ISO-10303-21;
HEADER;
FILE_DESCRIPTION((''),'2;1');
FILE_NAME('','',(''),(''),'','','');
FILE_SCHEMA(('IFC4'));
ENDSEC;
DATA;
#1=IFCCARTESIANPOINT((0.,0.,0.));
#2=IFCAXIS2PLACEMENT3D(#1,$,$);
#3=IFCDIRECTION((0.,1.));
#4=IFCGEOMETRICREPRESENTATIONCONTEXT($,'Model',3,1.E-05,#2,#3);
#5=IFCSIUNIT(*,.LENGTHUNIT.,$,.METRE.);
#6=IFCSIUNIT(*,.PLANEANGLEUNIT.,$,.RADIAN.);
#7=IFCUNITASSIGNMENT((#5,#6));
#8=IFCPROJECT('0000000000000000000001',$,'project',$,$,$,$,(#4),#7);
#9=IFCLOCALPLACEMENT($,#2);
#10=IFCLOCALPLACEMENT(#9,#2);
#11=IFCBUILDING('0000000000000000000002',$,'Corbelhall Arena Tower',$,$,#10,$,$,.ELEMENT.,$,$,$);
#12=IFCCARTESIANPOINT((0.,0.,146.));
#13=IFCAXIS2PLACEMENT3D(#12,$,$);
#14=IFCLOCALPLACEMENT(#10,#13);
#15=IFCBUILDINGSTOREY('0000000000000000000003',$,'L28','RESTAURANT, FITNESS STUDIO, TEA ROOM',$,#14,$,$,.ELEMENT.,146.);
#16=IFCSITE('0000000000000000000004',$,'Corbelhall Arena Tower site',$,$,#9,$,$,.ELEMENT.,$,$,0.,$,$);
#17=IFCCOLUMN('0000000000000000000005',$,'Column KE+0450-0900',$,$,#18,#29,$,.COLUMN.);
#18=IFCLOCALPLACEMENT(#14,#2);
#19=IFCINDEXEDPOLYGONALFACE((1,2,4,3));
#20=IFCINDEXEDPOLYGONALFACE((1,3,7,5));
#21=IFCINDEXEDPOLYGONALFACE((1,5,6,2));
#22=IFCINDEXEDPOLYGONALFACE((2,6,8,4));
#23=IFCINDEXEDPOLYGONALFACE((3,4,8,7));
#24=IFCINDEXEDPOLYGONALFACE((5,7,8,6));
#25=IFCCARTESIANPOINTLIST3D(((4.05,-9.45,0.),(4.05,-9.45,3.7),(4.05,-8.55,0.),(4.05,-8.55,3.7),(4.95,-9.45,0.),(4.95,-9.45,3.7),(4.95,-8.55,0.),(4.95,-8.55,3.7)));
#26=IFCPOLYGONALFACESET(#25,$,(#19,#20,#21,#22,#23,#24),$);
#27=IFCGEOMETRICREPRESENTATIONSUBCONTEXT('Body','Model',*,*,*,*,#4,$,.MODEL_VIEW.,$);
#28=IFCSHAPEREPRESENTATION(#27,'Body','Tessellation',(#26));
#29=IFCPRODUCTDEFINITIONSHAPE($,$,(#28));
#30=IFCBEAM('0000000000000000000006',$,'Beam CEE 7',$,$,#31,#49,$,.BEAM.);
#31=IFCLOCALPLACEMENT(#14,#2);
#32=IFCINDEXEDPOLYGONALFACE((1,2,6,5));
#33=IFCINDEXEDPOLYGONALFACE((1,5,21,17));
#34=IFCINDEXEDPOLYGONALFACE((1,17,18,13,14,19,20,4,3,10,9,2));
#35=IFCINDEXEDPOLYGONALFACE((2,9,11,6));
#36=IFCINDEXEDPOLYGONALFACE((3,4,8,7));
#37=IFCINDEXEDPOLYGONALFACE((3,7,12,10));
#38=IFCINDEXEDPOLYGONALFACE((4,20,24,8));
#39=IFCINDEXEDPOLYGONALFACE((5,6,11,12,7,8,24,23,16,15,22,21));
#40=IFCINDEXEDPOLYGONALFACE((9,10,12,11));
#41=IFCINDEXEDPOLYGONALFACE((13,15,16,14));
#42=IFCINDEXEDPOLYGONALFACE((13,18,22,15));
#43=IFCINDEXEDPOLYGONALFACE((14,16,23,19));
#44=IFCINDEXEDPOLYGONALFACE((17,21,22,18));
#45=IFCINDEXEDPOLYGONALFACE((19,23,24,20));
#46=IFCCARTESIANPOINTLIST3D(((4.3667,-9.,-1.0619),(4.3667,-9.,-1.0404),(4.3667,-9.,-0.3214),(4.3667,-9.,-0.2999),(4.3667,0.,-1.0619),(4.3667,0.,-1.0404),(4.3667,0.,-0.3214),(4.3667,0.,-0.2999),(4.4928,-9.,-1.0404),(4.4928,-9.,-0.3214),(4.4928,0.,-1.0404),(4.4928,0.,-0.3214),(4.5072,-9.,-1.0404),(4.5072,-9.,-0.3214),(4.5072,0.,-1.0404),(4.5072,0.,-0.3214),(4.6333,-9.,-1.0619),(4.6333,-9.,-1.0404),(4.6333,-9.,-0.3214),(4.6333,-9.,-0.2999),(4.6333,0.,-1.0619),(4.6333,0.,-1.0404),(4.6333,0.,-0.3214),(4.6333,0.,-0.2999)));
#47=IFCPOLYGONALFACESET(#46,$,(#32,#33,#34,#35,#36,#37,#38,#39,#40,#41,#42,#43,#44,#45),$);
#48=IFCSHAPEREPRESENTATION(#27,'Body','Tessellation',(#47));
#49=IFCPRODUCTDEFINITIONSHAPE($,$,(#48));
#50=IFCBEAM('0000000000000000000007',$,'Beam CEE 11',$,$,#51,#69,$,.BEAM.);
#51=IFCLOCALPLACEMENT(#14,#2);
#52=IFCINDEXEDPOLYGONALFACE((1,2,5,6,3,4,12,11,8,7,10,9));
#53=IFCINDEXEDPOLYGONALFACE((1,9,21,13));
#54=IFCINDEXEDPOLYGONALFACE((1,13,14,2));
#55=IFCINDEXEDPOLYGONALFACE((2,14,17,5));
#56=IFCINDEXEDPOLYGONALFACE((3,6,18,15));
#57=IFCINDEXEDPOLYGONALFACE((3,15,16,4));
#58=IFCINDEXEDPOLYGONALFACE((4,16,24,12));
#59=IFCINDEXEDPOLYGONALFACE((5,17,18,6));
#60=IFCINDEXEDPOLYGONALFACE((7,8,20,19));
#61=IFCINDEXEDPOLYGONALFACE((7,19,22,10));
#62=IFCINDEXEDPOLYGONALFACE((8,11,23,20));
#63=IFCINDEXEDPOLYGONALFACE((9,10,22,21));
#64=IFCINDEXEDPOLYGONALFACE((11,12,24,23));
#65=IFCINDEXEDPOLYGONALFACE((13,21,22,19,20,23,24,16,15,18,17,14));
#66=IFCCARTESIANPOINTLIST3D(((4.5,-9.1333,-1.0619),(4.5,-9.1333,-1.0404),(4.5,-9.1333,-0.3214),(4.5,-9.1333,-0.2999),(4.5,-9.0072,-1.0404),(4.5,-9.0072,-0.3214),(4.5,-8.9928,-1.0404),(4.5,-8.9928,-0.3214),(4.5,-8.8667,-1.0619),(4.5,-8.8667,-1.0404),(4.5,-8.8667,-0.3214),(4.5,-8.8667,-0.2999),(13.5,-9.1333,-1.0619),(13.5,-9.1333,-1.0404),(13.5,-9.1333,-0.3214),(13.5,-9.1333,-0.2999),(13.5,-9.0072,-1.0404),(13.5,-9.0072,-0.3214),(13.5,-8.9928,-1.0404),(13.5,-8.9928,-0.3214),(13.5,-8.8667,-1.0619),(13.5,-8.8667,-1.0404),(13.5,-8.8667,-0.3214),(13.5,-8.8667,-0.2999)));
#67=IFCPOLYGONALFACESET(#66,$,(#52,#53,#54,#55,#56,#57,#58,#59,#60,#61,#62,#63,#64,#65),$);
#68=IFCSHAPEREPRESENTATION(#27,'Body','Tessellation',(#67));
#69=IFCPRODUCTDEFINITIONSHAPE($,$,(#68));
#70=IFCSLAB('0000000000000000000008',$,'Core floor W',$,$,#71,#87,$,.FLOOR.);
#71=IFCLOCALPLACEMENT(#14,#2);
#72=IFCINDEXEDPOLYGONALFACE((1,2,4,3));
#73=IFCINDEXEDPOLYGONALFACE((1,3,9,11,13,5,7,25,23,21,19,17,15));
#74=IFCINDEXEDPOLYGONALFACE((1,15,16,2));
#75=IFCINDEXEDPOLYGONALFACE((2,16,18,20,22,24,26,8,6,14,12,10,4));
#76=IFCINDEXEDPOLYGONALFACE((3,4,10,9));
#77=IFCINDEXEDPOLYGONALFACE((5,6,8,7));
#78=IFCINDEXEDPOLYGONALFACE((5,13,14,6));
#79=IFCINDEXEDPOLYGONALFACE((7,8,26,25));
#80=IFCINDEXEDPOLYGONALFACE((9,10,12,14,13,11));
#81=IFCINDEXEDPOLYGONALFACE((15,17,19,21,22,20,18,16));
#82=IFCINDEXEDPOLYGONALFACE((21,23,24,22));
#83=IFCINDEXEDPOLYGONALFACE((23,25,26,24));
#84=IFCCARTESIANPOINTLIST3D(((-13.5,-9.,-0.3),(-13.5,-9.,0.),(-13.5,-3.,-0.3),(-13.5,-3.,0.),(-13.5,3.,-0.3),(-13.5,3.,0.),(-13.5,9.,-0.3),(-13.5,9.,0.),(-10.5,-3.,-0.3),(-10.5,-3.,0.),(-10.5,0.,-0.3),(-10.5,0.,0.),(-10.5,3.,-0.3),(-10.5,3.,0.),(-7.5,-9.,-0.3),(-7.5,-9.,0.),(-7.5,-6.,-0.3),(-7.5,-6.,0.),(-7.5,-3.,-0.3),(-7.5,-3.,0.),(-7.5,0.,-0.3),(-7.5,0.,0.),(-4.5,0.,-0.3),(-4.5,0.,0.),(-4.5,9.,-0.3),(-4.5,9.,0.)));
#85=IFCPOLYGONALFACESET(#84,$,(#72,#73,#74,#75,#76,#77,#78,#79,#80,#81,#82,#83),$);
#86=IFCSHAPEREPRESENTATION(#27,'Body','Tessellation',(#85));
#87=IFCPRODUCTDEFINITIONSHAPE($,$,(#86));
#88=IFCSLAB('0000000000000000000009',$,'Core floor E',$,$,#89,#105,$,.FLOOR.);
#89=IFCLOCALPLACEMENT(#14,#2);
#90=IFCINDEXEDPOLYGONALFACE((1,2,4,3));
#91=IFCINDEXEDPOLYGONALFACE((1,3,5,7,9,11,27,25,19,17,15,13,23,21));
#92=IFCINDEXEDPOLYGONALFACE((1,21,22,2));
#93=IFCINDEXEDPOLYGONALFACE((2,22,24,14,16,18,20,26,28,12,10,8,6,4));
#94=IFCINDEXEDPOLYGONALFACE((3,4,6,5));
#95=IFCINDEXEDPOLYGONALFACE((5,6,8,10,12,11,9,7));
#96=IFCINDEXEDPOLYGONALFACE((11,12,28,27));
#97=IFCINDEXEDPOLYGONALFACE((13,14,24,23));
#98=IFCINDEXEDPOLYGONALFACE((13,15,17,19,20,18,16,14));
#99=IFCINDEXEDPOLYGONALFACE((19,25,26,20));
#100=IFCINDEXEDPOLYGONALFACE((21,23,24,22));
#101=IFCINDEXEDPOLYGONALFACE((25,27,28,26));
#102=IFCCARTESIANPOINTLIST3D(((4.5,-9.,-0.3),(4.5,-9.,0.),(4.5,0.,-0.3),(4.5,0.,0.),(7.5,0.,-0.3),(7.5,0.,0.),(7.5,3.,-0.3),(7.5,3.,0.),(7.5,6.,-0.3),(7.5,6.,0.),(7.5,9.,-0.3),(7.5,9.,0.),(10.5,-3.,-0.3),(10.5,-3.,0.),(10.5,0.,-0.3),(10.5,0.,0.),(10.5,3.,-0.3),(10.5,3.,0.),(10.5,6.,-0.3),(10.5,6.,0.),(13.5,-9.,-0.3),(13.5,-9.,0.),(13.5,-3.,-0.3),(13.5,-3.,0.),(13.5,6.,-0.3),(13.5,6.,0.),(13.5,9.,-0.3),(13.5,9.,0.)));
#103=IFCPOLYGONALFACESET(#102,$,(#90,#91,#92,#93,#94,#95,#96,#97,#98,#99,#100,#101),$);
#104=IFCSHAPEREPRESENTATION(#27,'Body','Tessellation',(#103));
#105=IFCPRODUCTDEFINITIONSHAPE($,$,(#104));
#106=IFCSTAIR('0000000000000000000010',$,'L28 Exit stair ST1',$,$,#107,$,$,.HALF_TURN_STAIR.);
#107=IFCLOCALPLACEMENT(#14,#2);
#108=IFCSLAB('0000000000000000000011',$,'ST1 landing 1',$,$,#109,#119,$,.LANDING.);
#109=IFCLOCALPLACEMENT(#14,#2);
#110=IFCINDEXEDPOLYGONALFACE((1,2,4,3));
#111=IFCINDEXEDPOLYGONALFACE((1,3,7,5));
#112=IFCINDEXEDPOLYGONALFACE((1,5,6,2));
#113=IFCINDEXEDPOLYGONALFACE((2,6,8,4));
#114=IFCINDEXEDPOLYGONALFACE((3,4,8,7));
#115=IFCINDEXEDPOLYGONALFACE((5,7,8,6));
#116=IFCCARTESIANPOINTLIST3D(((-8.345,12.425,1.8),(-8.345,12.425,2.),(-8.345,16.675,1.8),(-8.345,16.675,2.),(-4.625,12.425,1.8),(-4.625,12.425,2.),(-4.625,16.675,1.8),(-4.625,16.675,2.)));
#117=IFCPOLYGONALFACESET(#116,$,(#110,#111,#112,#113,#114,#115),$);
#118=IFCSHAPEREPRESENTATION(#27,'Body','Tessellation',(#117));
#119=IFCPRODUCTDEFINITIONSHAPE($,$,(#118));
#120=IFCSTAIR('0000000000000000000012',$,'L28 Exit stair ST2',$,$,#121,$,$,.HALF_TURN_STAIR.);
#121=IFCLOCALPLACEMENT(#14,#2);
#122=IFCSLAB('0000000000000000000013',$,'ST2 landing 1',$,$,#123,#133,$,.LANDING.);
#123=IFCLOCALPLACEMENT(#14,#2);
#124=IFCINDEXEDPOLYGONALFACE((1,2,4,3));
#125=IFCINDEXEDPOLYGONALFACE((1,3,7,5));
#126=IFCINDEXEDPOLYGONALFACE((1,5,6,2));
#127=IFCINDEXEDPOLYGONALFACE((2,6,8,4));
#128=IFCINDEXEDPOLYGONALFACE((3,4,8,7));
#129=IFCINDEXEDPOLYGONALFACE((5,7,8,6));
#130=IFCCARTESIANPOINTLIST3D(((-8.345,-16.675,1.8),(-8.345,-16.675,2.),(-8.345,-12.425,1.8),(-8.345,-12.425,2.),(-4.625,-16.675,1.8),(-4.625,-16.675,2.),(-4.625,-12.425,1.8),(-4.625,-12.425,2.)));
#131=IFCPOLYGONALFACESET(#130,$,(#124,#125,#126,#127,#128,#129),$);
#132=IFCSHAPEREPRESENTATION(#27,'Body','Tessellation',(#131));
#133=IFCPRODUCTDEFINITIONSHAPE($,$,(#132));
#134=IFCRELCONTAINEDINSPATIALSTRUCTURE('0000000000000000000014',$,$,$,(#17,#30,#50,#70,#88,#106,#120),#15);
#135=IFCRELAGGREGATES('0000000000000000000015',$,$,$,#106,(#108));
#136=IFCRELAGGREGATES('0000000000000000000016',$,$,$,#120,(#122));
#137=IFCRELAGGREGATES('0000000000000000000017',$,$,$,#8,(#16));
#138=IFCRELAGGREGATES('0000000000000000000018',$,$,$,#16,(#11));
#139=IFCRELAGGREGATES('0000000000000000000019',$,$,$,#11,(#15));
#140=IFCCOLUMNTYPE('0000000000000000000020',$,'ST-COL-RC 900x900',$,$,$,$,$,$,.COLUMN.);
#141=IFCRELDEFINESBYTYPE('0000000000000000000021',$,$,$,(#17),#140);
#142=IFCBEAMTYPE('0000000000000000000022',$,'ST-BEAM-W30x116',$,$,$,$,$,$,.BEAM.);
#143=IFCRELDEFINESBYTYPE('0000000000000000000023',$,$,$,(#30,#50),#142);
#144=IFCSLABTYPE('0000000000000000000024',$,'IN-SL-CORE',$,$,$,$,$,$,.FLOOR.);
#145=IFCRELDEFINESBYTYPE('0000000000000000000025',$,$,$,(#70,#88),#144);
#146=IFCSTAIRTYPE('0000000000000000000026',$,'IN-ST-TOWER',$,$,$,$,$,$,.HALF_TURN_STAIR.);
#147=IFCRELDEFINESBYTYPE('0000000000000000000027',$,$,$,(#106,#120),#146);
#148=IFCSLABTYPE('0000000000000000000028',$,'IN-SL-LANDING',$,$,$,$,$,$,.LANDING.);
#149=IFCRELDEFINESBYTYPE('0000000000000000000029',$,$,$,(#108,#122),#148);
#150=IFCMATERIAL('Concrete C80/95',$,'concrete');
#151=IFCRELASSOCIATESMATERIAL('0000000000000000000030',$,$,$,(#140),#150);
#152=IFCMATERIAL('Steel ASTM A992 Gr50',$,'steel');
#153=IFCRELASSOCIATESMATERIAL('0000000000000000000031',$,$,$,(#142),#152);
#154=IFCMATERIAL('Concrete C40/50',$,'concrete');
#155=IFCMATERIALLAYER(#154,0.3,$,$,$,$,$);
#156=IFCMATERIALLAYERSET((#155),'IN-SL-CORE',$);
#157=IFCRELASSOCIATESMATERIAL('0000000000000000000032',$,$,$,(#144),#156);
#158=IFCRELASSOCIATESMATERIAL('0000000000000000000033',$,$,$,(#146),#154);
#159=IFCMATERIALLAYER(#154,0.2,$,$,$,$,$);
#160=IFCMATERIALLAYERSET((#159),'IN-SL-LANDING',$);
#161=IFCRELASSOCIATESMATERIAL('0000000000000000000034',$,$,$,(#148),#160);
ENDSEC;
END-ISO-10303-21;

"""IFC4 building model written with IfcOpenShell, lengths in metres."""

from ifc_helpers import new_model, si_unit, direction, frame, origin, origin_2d, place, context, subcontext, project, spatial, polyline, rectangle, i_section, outline, extrude, material, layer, layer_set, material_profile, profile_set, type_object, element, aggregate, save


model = new_model("IFC4")

# Units and contexts
model_context = context("Model", 3, precision=1e-05, world=origin(), true_north=direction((0.0, 1.0)))
body_context = subcontext(model_context, "Body", "Model", "MODEL_VIEW")
ifc_project = project(units=[si_unit("LENGTHUNIT", "METRE"), si_unit("PLANEANGLEUNIT", "RADIAN")], contexts=[model_context])

# Site, building, storey
site_placement = place(None, origin())
site = spatial("IfcSite", under=ifc_project, at=site_placement, Name="Corbelhall Arena Tower site", CompositionType="ELEMENT", RefElevation=0.0)
building_placement = place(site_placement, origin())
building = spatial("IfcBuilding", under=site, at=building_placement, Name="Corbelhall Arena Tower", CompositionType="ELEMENT")
storey_placement = place(building_placement, frame((0.0, 0.0, 146.0)))
storey = spatial("IfcBuildingStorey", under=building, at=storey_placement, Name="L28", Description="RESTAURANT, FITNESS STUDIO, TEA ROOM", CompositionType="ELEMENT", Elevation=146.0)

# Column
ifc_material_1 = material(Name="Concrete C80/95", Category="concrete")
ifc_material_profile_1 = material_profile(ifc_material_1, rectangle(XDim=0.8999, YDim=0.8999, at=origin_2d()))
ifc_profile_set_1 = profile_set([ifc_material_profile_1], Name="Concrete C80/95")
column_type = type_object("IfcColumnType", Name="ST-COL-RC 900x900", PredefinedType="COLUMN", material=ifc_profile_set_1)
column_placement = place(storey_placement, frame((4.5, -9.0, 0.0), z_axis=(0.0, 0.0, 1.0), x_axis=(1.0, 0.0, 0.0)))
element("IfcColumn", 1, at=column_placement, inside=storey, type_object=column_type, Name="Column KE+0450-0900", PredefinedType="COLUMN", context=body_context, shape_type="SweptSolid", body=[
    extrude(rectangle(XDim=0.8999, YDim=0.8999, at=origin_2d()), origin(), (0.0, 0.0, 1.0), 3.7),
])

# Beams
ifc_material_2 = material(Name="Steel ASTM A992 Gr50", Category="steel")
ifc_material_profile_2 = material_profile(ifc_material_2, i_section(OverallWidth=0.2666, OverallDepth=0.762, WebThickness=0.0144, FlangeThickness=0.0215, at=origin_2d()))
ifc_profile_set_2 = profile_set([ifc_material_profile_2], Name="Steel ASTM A992 Gr50")
beam_type = type_object("IfcBeamType", Name="ST-BEAM-W30x116", PredefinedType="BEAM", material=ifc_profile_set_2)
for number, where, z_axis, x_axis, name in (
    (2, (4.5, -9.0, -0.6809), (0.0, 1.0, 0.0), (-1.0, 0.0, 0.0), "Beam CEE 7"),
    (3, (4.5, -9.0, -0.6809), (1.0, 0.0, 0.0), (0.0, 1.0, 0.0), "Beam CEE 11"),
):
    element("IfcBeam", number, at=place(storey_placement, frame(where, z_axis=z_axis, x_axis=x_axis)), inside=storey, type_object=beam_type, Name=name, PredefinedType="BEAM", context=body_context, shape_type="SweptSolid", body=[
        extrude(i_section(OverallWidth=0.2666, OverallDepth=0.762, WebThickness=0.0144, FlangeThickness=0.0215, at=origin_2d()), origin(), (0.0, 0.0, 1.0), 9.0),
    ])

# Slabs
ifc_material_3 = material(Name="Concrete C40/50", Category="concrete")
ifc_layer_1 = layer(ifc_material_3, 0.3)
ifc_layer_set_1 = layer_set([ifc_layer_1], Name="IN-SL-CORE")
slab_type_1 = type_object("IfcSlabType", Name="IN-SL-CORE", PredefinedType="FLOOR", material=ifc_layer_set_1)
slab_1_placement = place(storey_placement, frame((0.0, 0.0, -0.3)))
element("IfcSlab", 4, at=slab_1_placement, inside=storey, type_object=slab_type_1, Name="Core floor W", PredefinedType="FLOOR", context=body_context, shape_type="SweptSolid", body=[
    extrude(outline(polyline([(-7.5, 0.0), (-4.5, 0.0), (-4.5, 9.0), (-13.5, 9.0), (-13.5, 3.0), (-10.5, 3.0), (-10.5, 0.0), (-10.5, -3.0), (-13.5, -3.0), (-13.5, -9.0), (-7.5, -9.0), (-7.5, -6.0), (-7.5, -3.0), (-7.5, 0.0)])), origin(), (0.0, 0.0, 1.0), 0.3),
])
slab_2_placement = place(storey_placement, frame((0.0, 0.0, -0.3)))
element("IfcSlab", 5, at=slab_2_placement, inside=storey, type_object=slab_type_1, Name="Core floor E", PredefinedType="FLOOR", context=body_context, shape_type="SweptSolid", body=[
    extrude(outline(polyline([(7.5, 0.0), (4.5, 0.0), (4.5, -9.0), (13.5, -9.0), (13.5, -3.0), (10.5, -3.0), (10.5, 0.0), (10.5, 3.0), (10.5, 6.0), (13.5, 6.0), (13.5, 9.0), (7.5, 9.0), (7.5, 6.0), (7.5, 3.0), (7.5, 0.0)])), origin(), (0.0, 0.0, 1.0), 0.3),
])

# Stairs, slabs
stair_type = type_object("IfcStairType", Name="IN-ST-TOWER", PredefinedType="HALF_TURN_STAIR", material=ifc_material_3)
stair_1_placement = place(storey_placement, origin())
stair_1 = element("IfcStair", 6, at=stair_1_placement, inside=storey, type_object=stair_type, Name="L28 Exit stair ST1", PredefinedType="HALF_TURN_STAIR")
ifc_layer_2 = layer(ifc_material_3, 0.2)
ifc_layer_set_2 = layer_set([ifc_layer_2], Name="IN-SL-LANDING")
slab_type_2 = type_object("IfcSlabType", Name="IN-SL-LANDING", PredefinedType="LANDING", material=ifc_layer_set_2)
slab_3_placement = place(storey_placement, frame((0.0, 0.0, 1.8)))
slab_3 = element("IfcSlab", 7, at=slab_3_placement, type_object=slab_type_2, Name="ST1 landing 1", PredefinedType="LANDING", context=body_context, shape_type="SweptSolid", body=[
    extrude(outline(polyline([(-8.345, 12.425), (-4.625, 12.425), (-4.625, 16.675), (-8.345, 16.675), (-8.345, 12.425)])), origin(), (0.0, 0.0, 1.0), 0.2),
])
aggregate(stair_1, [slab_3])
stair_2_placement = place(storey_placement, origin())
stair_2 = element("IfcStair", 8, at=stair_2_placement, inside=storey, type_object=stair_type, Name="L28 Exit stair ST2", PredefinedType="HALF_TURN_STAIR")
slab_4_placement = place(storey_placement, frame((0.0, 0.0, 1.8)))
slab_4 = element("IfcSlab", 9, at=slab_4_placement, type_object=slab_type_2, Name="ST2 landing 1", PredefinedType="LANDING", context=body_context, shape_type="SweptSolid", body=[
    extrude(outline(polyline([(-8.345, -16.675), (-4.625, -16.675), (-4.625, -12.425), (-8.345, -12.425), (-8.345, -16.675)])), origin(), (0.0, 0.0, 1.0), 0.2),
])
aggregate(stair_2, [slab_4])

save(model, "model.ifc")
